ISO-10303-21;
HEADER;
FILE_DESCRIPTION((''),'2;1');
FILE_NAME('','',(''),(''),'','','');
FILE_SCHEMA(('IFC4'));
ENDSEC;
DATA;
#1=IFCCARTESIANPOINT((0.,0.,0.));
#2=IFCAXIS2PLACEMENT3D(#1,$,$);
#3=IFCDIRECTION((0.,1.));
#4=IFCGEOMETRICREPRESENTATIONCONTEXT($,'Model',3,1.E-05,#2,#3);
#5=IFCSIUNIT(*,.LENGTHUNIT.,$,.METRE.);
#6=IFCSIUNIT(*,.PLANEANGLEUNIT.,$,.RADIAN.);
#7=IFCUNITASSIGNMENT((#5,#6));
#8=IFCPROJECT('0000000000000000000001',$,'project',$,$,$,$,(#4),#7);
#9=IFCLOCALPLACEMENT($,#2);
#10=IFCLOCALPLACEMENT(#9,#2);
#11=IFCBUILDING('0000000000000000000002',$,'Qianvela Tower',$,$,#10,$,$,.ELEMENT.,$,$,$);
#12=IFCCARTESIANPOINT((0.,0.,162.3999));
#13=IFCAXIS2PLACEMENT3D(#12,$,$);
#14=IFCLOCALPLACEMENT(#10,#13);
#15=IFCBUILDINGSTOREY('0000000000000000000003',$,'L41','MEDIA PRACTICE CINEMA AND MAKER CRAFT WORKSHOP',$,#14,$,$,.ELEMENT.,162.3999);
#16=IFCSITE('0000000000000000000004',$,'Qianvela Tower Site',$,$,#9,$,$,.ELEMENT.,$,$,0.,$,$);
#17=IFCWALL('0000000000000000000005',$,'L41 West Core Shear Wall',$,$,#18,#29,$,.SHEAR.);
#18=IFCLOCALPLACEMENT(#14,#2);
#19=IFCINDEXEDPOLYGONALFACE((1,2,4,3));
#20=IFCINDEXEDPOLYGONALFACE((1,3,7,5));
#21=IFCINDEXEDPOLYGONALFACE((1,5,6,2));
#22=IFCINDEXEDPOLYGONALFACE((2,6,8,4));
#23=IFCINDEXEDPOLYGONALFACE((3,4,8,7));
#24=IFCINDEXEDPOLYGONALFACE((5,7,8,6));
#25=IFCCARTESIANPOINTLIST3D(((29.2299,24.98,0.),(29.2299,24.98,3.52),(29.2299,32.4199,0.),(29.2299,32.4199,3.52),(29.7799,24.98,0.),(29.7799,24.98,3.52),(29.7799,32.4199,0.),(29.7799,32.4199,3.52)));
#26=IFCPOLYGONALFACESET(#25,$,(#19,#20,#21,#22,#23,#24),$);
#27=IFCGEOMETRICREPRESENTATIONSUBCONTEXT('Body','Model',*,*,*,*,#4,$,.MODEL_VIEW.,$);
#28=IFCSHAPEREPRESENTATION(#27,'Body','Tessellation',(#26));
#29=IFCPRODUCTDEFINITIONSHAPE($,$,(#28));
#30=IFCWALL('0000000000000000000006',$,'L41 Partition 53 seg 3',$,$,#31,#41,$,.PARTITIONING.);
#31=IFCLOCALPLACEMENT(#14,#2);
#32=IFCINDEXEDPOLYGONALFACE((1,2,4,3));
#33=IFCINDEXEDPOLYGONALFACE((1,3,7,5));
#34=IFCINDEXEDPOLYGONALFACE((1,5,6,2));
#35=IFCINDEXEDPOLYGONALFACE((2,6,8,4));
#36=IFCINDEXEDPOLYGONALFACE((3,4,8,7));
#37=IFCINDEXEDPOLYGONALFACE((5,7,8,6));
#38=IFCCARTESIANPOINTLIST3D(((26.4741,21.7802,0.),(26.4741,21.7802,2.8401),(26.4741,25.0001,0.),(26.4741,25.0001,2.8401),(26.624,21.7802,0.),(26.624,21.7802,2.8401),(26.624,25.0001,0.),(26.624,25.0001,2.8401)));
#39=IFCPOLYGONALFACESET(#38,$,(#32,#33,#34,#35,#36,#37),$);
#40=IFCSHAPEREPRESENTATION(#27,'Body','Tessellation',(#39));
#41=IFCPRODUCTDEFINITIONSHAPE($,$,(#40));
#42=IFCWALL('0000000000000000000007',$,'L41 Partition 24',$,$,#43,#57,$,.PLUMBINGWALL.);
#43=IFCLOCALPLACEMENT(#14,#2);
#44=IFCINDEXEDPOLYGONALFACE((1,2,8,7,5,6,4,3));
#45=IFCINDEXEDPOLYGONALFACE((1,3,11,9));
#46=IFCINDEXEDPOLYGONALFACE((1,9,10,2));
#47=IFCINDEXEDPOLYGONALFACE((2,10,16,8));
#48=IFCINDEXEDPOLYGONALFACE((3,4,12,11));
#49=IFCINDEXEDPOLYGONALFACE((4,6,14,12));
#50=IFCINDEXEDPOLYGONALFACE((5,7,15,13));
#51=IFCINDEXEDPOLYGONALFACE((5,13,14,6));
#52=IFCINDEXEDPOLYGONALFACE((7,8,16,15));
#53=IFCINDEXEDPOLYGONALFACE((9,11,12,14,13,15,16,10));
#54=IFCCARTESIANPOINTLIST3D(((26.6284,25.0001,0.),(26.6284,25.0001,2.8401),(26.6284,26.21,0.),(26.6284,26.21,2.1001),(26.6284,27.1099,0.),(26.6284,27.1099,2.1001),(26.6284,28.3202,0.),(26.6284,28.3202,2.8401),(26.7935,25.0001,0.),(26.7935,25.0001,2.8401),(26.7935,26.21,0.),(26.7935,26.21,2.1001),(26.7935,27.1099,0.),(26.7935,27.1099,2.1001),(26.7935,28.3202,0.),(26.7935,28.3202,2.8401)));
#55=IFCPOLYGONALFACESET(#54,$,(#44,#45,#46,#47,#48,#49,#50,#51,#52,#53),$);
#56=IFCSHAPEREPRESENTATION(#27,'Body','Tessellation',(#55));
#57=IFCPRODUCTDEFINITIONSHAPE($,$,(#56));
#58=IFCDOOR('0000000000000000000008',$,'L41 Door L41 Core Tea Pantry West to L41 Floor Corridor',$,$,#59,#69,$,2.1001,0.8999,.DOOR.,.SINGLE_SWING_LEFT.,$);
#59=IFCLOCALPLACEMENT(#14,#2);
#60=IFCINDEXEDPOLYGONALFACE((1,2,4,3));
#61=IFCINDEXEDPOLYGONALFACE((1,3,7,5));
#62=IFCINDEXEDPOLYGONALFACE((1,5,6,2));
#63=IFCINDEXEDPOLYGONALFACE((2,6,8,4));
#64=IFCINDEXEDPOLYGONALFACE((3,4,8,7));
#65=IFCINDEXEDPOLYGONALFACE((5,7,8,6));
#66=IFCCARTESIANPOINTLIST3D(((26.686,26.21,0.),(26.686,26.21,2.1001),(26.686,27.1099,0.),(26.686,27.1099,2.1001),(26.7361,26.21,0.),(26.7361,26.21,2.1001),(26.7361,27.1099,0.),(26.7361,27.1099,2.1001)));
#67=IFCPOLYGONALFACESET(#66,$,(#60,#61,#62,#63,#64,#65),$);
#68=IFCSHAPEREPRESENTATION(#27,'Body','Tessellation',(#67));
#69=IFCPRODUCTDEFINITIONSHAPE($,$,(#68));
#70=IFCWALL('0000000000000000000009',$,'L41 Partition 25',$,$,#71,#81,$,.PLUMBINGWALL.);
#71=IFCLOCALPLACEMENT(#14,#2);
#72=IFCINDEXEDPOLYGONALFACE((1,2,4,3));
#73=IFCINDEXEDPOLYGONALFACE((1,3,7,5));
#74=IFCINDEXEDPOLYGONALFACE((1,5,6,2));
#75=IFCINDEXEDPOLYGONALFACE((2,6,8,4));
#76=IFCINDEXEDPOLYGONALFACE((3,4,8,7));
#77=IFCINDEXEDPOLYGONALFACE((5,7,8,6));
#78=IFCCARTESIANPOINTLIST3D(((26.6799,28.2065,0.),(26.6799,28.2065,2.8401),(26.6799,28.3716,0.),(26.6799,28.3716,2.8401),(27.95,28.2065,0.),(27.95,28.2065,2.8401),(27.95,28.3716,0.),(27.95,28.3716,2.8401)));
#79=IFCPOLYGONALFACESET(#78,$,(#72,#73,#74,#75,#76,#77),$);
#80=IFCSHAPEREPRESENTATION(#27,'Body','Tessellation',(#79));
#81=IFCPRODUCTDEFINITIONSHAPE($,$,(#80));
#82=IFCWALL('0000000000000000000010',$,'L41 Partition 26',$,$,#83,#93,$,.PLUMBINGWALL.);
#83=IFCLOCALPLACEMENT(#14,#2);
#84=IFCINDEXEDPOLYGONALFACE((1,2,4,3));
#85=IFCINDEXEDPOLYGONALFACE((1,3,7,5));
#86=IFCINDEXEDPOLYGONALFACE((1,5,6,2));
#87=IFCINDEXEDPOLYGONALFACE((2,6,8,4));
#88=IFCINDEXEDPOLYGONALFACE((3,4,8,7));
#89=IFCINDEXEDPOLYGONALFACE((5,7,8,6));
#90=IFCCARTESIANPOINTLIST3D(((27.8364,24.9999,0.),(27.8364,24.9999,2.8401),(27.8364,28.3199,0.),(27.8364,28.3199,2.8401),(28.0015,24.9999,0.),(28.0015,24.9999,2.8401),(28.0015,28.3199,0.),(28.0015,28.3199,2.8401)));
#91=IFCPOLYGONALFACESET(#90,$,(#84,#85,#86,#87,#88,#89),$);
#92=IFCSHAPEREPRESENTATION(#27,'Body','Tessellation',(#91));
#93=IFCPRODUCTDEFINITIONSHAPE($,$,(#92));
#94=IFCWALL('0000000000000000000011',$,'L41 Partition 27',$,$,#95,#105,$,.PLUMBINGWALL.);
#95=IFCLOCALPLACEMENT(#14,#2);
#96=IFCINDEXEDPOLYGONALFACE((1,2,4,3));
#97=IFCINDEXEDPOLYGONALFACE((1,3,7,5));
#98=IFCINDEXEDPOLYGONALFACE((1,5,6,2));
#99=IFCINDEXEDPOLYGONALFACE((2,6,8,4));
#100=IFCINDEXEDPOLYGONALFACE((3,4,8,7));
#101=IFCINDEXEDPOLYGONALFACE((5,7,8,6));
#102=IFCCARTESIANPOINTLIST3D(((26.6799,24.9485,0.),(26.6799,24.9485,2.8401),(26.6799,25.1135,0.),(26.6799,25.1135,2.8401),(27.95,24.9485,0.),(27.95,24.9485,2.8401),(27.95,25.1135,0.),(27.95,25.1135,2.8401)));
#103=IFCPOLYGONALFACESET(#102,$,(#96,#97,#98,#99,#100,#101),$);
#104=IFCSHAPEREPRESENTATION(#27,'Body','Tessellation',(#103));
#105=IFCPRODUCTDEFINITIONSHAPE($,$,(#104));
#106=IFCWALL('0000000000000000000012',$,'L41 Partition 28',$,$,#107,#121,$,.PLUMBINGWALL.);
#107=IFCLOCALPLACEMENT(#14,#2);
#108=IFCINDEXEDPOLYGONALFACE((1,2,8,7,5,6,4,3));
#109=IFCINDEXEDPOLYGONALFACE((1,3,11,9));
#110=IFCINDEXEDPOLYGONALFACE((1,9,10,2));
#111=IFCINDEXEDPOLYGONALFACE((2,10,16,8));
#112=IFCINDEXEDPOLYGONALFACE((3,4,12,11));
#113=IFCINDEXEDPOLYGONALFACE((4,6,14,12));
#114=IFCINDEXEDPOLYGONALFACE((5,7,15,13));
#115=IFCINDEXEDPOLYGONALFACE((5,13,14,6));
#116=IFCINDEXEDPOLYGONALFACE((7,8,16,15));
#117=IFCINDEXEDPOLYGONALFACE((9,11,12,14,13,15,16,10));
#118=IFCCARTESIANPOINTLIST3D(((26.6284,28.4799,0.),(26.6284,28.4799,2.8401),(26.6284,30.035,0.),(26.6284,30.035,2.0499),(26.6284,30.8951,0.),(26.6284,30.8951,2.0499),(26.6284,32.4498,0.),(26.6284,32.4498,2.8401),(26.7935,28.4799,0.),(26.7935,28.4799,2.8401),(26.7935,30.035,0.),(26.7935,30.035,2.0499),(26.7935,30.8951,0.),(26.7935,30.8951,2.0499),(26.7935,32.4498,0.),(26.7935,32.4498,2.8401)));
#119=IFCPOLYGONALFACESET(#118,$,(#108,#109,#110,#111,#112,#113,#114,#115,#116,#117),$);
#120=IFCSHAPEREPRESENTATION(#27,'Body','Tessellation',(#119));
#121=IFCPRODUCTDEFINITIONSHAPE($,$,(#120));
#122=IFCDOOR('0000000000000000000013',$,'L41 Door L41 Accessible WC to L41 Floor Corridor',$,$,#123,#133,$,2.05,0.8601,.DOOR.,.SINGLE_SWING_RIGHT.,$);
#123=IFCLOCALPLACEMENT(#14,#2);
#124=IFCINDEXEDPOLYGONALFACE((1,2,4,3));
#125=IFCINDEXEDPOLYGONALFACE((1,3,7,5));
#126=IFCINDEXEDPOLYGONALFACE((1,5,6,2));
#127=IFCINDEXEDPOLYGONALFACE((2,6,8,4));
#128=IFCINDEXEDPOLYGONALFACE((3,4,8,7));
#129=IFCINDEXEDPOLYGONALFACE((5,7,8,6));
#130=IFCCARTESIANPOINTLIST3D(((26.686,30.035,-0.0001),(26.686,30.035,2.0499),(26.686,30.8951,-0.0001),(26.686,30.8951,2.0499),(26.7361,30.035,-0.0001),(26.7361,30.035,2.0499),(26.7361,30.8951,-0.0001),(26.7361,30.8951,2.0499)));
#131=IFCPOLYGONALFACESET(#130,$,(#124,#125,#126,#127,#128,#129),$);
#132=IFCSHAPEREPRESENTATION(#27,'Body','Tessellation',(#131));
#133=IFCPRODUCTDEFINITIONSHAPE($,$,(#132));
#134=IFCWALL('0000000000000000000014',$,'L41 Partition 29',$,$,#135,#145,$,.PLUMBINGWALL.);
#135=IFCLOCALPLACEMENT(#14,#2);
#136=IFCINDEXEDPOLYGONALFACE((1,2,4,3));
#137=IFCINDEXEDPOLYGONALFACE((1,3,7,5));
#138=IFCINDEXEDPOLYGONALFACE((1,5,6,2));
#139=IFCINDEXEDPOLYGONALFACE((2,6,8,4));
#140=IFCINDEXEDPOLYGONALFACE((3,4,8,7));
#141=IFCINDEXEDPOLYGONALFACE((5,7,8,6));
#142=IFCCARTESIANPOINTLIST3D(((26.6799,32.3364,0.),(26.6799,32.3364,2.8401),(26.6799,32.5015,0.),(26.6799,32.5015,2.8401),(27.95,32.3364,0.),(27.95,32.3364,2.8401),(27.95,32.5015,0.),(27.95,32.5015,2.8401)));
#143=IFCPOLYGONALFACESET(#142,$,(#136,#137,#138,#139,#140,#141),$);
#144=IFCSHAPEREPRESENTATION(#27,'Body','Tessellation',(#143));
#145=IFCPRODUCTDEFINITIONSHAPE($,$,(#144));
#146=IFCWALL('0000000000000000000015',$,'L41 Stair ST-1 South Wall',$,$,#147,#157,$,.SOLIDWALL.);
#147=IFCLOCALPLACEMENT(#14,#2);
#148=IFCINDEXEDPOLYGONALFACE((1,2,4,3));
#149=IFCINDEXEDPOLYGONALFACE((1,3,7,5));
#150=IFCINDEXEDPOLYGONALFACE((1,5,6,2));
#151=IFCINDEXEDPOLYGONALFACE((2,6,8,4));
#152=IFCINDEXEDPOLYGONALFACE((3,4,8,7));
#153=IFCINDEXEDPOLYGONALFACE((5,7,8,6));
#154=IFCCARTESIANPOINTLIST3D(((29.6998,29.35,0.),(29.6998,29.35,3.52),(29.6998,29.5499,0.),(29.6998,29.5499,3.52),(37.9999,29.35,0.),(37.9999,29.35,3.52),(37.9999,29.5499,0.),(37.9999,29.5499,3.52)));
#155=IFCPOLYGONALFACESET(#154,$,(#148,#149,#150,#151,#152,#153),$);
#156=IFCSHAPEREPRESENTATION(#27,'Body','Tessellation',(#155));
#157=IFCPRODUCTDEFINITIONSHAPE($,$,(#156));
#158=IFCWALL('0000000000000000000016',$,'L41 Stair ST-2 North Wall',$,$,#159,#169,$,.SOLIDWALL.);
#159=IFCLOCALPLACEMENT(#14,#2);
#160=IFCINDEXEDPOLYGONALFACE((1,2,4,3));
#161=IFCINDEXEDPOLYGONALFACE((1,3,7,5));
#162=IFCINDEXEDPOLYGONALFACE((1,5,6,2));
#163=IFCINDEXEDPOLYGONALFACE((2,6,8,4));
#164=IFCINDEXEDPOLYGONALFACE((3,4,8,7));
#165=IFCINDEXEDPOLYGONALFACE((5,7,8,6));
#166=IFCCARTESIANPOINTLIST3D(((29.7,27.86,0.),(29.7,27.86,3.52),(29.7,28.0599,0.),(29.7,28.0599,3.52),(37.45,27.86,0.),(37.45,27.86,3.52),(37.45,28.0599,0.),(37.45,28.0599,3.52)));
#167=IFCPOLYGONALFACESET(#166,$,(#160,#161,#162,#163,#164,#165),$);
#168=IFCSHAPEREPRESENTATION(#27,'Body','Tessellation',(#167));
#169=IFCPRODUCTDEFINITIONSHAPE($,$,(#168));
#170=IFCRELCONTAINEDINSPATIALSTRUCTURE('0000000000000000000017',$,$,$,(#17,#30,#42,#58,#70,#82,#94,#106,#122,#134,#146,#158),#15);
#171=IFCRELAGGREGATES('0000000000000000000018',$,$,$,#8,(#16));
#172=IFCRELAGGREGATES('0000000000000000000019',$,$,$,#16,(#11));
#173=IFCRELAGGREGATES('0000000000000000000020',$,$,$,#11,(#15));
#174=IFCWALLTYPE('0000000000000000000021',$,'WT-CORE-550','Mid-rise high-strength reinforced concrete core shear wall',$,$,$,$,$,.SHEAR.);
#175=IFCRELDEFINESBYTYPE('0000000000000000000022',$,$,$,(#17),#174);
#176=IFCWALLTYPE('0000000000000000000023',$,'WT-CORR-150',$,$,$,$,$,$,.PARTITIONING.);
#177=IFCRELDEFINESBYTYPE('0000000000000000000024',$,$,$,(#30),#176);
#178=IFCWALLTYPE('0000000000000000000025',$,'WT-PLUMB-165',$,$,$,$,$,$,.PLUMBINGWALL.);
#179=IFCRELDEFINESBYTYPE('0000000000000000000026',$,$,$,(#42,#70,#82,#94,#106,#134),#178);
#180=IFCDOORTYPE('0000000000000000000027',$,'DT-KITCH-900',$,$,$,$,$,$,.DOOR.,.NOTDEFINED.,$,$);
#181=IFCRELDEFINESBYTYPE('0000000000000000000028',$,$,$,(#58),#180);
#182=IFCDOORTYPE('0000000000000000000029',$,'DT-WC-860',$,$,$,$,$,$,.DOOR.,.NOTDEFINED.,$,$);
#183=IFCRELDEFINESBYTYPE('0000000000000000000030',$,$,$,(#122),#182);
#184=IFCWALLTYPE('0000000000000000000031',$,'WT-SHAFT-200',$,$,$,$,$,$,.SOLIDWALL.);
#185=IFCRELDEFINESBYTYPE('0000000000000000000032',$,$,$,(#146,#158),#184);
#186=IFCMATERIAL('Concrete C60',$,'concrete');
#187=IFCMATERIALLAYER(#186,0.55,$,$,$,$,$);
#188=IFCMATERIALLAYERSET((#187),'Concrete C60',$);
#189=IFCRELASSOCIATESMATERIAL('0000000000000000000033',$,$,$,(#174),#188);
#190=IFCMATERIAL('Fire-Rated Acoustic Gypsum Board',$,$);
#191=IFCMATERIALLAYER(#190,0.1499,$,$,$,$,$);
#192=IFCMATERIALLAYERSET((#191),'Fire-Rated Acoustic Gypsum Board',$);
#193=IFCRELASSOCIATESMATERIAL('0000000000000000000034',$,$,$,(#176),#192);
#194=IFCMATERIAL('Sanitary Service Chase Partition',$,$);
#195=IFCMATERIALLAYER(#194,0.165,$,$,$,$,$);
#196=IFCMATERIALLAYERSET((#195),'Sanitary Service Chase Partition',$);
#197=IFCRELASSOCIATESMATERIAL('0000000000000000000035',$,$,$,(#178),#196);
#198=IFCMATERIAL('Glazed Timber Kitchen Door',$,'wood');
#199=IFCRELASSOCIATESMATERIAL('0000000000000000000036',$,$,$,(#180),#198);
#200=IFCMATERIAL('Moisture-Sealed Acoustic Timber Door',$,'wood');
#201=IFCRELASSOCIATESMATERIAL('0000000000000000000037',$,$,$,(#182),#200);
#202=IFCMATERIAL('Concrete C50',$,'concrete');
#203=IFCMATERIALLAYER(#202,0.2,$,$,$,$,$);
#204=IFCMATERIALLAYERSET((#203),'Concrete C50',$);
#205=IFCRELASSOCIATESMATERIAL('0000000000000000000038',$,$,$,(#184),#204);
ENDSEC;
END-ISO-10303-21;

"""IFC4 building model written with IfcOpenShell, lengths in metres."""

from ifc_helpers import new_model, si_unit, direction, frame, frame_2d, origin, place, context, subcontext, project, spatial, rectangle, extrude, material, layer, layer_set, type_object, element, fill, save


model = new_model("IFC4")

# Units and contexts
model_context = context("Model", 3, precision=1e-05, world=origin(), true_north=direction((0.0, 1.0)))
body_context = subcontext(model_context, "Body", "Model", "MODEL_VIEW")
ifc_project = project(units=[si_unit("LENGTHUNIT", "METRE"), si_unit("PLANEANGLEUNIT", "RADIAN")], contexts=[model_context])

# Site, building, storey
site_placement = place(None, origin())
site = spatial("IfcSite", under=ifc_project, at=site_placement, Name="Qianvela Tower Site", CompositionType="ELEMENT", RefElevation=0.0)
building_placement = place(site_placement, origin())
building = spatial("IfcBuilding", under=site, at=building_placement, Name="Qianvela Tower", CompositionType="ELEMENT")
storey_placement = place(building_placement, frame((0.0, 0.0, 162.3999)))
storey = spatial("IfcBuildingStorey", under=building, at=storey_placement, Name="L41", Description="MEDIA PRACTICE CINEMA AND MAKER CRAFT WORKSHOP", CompositionType="ELEMENT", Elevation=162.3999)

# Walls
ifc_material_1 = material(Name="Concrete C60", Category="concrete")
ifc_layer_1 = layer(ifc_material_1, 0.55)
ifc_layer_set_1 = layer_set([ifc_layer_1], Name="Concrete C60")
wall_type_1 = type_object("IfcWallType", Name="WT-CORE-550", Description="Mid-rise high-strength reinforced concrete core shear wall", PredefinedType="SHEAR", material=ifc_layer_set_1)
wall_1_placement = place(storey_placement, frame((29.5049, 24.98, 0.0), z_axis=(0.0, 0.0, 1.0), x_axis=(0.0, 1.0, 0.0)))
element("IfcWall", 1, at=wall_1_placement, inside=storey, type_object=wall_type_1, Name="L41 West Core Shear Wall", PredefinedType="SHEAR", context=body_context, shape_type="SweptSolid", body=[
    extrude(rectangle(XDim=7.4399, YDim=0.55, at=frame_2d((3.72, 0.0))), origin(), (0.0, 0.0, 1.0), 3.52),
])
ifc_material_2 = material(Name="Fire-Rated Acoustic Gypsum Board")
ifc_layer_2 = layer(ifc_material_2, 0.1499)
ifc_layer_set_2 = layer_set([ifc_layer_2], Name="Fire-Rated Acoustic Gypsum Board")
wall_type_2 = type_object("IfcWallType", Name="WT-CORR-150", PredefinedType="PARTITIONING", material=ifc_layer_set_2)
wall_2_placement = place(storey_placement, frame((26.5491, 25.0, 0.0), z_axis=(0.0, 0.0, 1.0), x_axis=(0.0, -1.0, 0.0)))
element("IfcWall", 2, at=wall_2_placement, inside=storey, type_object=wall_type_2, Name="L41 Partition 53 seg 3", PredefinedType="PARTITIONING", context=body_context, shape_type="SweptSolid", body=[
    extrude(rectangle(XDim=3.22, YDim=0.1499, at=frame_2d((1.6099, 0.0))), origin(), (0.0, 0.0, 1.0), 2.8401),
])

# Wall, opening, door
ifc_material_3 = material(Name="Sanitary Service Chase Partition")
ifc_layer_3 = layer(ifc_material_3, 0.165)
ifc_layer_set_3 = layer_set([ifc_layer_3], Name="Sanitary Service Chase Partition")
wall_type_3 = type_object("IfcWallType", Name="WT-PLUMB-165", PredefinedType="PLUMBINGWALL", material=ifc_layer_set_3)
wall_3_placement = place(storey_placement, frame((26.7109, 25.0, 0.0), z_axis=(0.0, 0.0, 1.0), x_axis=(0.0, 1.0, 0.0)))
wall_3 = element("IfcWall", 3, at=wall_3_placement, inside=storey, type_object=wall_type_3, Name="L41 Partition 24", PredefinedType="PLUMBINGWALL", context=body_context, shape_type="SweptSolid", body=[
    extrude(rectangle(XDim=3.3201, YDim=0.165, at=frame_2d((1.6602, 0.0))), origin(), (0.0, 0.0, 1.0), 2.8401),
])
opening_1_placement = place(wall_3_placement, frame((1.21, 0.0, 0.0)))
opening_1 = element("IfcOpeningElement", 4, at=opening_1_placement, cuts=wall_3, PredefinedType="OPENING", context=body_context, shape_type="SweptSolid", body=[
    extrude(rectangle(XDim=0.8999, YDim=2.1001, at=frame_2d((0.45, 1.05))), frame((0.0, 0.0925, 0.0), z_axis=(0.0, -1.0, 0.0), x_axis=(1.0, 0.0, 0.0)), (0.0, 0.0, 1.0), 0.1851),
])
ifc_material_4 = material(Name="Glazed Timber Kitchen Door", Category="wood")
door_type_1 = type_object("IfcDoorType", Name="DT-KITCH-900", OperationType="NOTDEFINED", PredefinedType="DOOR", material=ifc_material_4)
door_1_placement = place(opening_1_placement, origin())
door_1 = element("IfcDoor", 5, at=door_1_placement, inside=storey, type_object=door_type_1, Name="L41 Door L41 Core Tea Pantry West to L41 Floor Corridor", OperationType="SINGLE_SWING_LEFT", OverallHeight=2.1001, OverallWidth=0.8999, PredefinedType="DOOR", context=body_context, shape_type="SweptSolid", body=[
    extrude(rectangle(XDim=0.8999, YDim=2.1001, at=frame_2d((0.45, 1.05))), frame((0.0, 0.0249, 0.0), z_axis=(0.0, -1.0, 0.0), x_axis=(1.0, 0.0, 0.0)), (0.0, 0.0, 1.0), 0.05),
])
fill(opening_1, door_1)

# Walls
wall_4_placement = place(storey_placement, frame((26.6799, 28.2891, 0.0), z_axis=(0.0, 0.0, 1.0), x_axis=(1.0, 0.0, 0.0)))
element("IfcWall", 6, at=wall_4_placement, inside=storey, type_object=wall_type_3, Name="L41 Partition 25", PredefinedType="PLUMBINGWALL", context=body_context, shape_type="SweptSolid", body=[
    extrude(rectangle(XDim=1.27, YDim=0.165, at=frame_2d((0.635, 0.0))), origin(), (0.0, 0.0, 1.0), 2.8401),
])
wall_5_placement = place(storey_placement, frame((27.9189, 28.3201, 0.0), z_axis=(0.0, 0.0, 1.0), x_axis=(0.0, -1.0, 0.0)))
element("IfcWall", 7, at=wall_5_placement, inside=storey, type_object=wall_type_3, Name="L41 Partition 26", PredefinedType="PLUMBINGWALL", context=body_context, shape_type="SweptSolid", body=[
    extrude(rectangle(XDim=3.3201, YDim=0.165, at=frame_2d((1.6602, 0.0))), origin(), (0.0, 0.0, 1.0), 2.8401),
])
wall_6_placement = place(storey_placement, frame((27.95, 25.031, 0.0), z_axis=(0.0, 0.0, 1.0), x_axis=(-1.0, 0.0, 0.0)))
element("IfcWall", 8, at=wall_6_placement, inside=storey, type_object=wall_type_3, Name="L41 Partition 27", PredefinedType="PLUMBINGWALL", context=body_context, shape_type="SweptSolid", body=[
    extrude(rectangle(XDim=1.27, YDim=0.165, at=frame_2d((0.635, 0.0))), origin(), (0.0, 0.0, 1.0), 2.8401),
])

# Wall, opening, door
wall_7_placement = place(storey_placement, frame((26.7109, 28.48, 0.0), z_axis=(0.0, 0.0, 1.0), x_axis=(0.0, 1.0, 0.0)))
wall_7 = element("IfcWall", 9, at=wall_7_placement, inside=storey, type_object=wall_type_3, Name="L41 Partition 28", PredefinedType="PLUMBINGWALL", context=body_context, shape_type="SweptSolid", body=[
    extrude(rectangle(XDim=3.97, YDim=0.165, at=frame_2d((1.9849, 0.0))), origin(), (0.0, 0.0, 1.0), 2.8401),
])
opening_2_placement = place(wall_7_placement, frame((1.5549, 0.0, 0.0)))
opening_2 = element("IfcOpeningElement", 10, at=opening_2_placement, cuts=wall_7, PredefinedType="OPENING", context=body_context, shape_type="SweptSolid", body=[
    extrude(rectangle(XDim=0.8601, YDim=2.05, at=frame_2d((0.4302, 1.0249))), frame((0.0, 0.0925, 0.0), z_axis=(0.0, -1.0, 0.0), x_axis=(1.0, 0.0, 0.0)), (0.0, 0.0, 1.0), 0.1851),
])
ifc_material_5 = material(Name="Moisture-Sealed Acoustic Timber Door", Category="wood")
door_type_2 = type_object("IfcDoorType", Name="DT-WC-860", OperationType="NOTDEFINED", PredefinedType="DOOR", material=ifc_material_5)
door_2_placement = place(opening_2_placement, origin())
door_2 = element("IfcDoor", 11, at=door_2_placement, inside=storey, type_object=door_type_2, Name="L41 Door L41 Accessible WC to L41 Floor Corridor", OperationType="SINGLE_SWING_RIGHT", OverallHeight=2.05, OverallWidth=0.8601, PredefinedType="DOOR", context=body_context, shape_type="SweptSolid", body=[
    extrude(rectangle(XDim=0.8601, YDim=2.05, at=frame_2d((0.4302, 1.0249))), frame((0.0, 0.0249, 0.0), z_axis=(0.0, -1.0, 0.0), x_axis=(1.0, 0.0, 0.0)), (0.0, 0.0, 1.0), 0.05),
])
fill(opening_2, door_2)

# Walls
wall_8_placement = place(storey_placement, frame((26.6799, 32.4189, 0.0), z_axis=(0.0, 0.0, 1.0), x_axis=(1.0, 0.0, 0.0)))
element("IfcWall", 12, at=wall_8_placement, inside=storey, type_object=wall_type_3, Name="L41 Partition 29", PredefinedType="PLUMBINGWALL", context=body_context, shape_type="SweptSolid", body=[
    extrude(rectangle(XDim=1.27, YDim=0.165, at=frame_2d((0.635, 0.0))), origin(), (0.0, 0.0, 1.0), 2.8401),
])
ifc_material_6 = material(Name="Concrete C50", Category="concrete")
ifc_layer_4 = layer(ifc_material_6, 0.2)
ifc_layer_set_4 = layer_set([ifc_layer_4], Name="Concrete C50")
wall_type_4 = type_object("IfcWallType", Name="WT-SHAFT-200", PredefinedType="SOLIDWALL", material=ifc_layer_set_4)
wall_9_placement = place(storey_placement, frame((29.7, 29.45, 0.0), z_axis=(0.0, 0.0, 1.0), x_axis=(1.0, 0.0, 0.0)))
element("IfcWall", 13, at=wall_9_placement, inside=storey, type_object=wall_type_4, Name="L41 Stair ST-1 South Wall", PredefinedType="SOLIDWALL", context=body_context, shape_type="SweptSolid", body=[
    extrude(rectangle(XDim=8.3, YDim=0.2, at=frame_2d((4.1499, 0.0))), origin(), (0.0, 0.0, 1.0), 3.52),
])
wall_10_placement = place(storey_placement, frame((29.7, 27.96, 0.0), z_axis=(0.0, 0.0, 1.0), x_axis=(1.0, 0.0, 0.0)))
element("IfcWall", 14, at=wall_10_placement, inside=storey, type_object=wall_type_4, Name="L41 Stair ST-2 North Wall", PredefinedType="SOLIDWALL", context=body_context, shape_type="SweptSolid", body=[
    extrude(rectangle(XDim=7.75, YDim=0.2, at=frame_2d((3.875, 0.0))), origin(), (0.0, 0.0, 1.0), 3.52),
])

save(model, "model.ifc")
